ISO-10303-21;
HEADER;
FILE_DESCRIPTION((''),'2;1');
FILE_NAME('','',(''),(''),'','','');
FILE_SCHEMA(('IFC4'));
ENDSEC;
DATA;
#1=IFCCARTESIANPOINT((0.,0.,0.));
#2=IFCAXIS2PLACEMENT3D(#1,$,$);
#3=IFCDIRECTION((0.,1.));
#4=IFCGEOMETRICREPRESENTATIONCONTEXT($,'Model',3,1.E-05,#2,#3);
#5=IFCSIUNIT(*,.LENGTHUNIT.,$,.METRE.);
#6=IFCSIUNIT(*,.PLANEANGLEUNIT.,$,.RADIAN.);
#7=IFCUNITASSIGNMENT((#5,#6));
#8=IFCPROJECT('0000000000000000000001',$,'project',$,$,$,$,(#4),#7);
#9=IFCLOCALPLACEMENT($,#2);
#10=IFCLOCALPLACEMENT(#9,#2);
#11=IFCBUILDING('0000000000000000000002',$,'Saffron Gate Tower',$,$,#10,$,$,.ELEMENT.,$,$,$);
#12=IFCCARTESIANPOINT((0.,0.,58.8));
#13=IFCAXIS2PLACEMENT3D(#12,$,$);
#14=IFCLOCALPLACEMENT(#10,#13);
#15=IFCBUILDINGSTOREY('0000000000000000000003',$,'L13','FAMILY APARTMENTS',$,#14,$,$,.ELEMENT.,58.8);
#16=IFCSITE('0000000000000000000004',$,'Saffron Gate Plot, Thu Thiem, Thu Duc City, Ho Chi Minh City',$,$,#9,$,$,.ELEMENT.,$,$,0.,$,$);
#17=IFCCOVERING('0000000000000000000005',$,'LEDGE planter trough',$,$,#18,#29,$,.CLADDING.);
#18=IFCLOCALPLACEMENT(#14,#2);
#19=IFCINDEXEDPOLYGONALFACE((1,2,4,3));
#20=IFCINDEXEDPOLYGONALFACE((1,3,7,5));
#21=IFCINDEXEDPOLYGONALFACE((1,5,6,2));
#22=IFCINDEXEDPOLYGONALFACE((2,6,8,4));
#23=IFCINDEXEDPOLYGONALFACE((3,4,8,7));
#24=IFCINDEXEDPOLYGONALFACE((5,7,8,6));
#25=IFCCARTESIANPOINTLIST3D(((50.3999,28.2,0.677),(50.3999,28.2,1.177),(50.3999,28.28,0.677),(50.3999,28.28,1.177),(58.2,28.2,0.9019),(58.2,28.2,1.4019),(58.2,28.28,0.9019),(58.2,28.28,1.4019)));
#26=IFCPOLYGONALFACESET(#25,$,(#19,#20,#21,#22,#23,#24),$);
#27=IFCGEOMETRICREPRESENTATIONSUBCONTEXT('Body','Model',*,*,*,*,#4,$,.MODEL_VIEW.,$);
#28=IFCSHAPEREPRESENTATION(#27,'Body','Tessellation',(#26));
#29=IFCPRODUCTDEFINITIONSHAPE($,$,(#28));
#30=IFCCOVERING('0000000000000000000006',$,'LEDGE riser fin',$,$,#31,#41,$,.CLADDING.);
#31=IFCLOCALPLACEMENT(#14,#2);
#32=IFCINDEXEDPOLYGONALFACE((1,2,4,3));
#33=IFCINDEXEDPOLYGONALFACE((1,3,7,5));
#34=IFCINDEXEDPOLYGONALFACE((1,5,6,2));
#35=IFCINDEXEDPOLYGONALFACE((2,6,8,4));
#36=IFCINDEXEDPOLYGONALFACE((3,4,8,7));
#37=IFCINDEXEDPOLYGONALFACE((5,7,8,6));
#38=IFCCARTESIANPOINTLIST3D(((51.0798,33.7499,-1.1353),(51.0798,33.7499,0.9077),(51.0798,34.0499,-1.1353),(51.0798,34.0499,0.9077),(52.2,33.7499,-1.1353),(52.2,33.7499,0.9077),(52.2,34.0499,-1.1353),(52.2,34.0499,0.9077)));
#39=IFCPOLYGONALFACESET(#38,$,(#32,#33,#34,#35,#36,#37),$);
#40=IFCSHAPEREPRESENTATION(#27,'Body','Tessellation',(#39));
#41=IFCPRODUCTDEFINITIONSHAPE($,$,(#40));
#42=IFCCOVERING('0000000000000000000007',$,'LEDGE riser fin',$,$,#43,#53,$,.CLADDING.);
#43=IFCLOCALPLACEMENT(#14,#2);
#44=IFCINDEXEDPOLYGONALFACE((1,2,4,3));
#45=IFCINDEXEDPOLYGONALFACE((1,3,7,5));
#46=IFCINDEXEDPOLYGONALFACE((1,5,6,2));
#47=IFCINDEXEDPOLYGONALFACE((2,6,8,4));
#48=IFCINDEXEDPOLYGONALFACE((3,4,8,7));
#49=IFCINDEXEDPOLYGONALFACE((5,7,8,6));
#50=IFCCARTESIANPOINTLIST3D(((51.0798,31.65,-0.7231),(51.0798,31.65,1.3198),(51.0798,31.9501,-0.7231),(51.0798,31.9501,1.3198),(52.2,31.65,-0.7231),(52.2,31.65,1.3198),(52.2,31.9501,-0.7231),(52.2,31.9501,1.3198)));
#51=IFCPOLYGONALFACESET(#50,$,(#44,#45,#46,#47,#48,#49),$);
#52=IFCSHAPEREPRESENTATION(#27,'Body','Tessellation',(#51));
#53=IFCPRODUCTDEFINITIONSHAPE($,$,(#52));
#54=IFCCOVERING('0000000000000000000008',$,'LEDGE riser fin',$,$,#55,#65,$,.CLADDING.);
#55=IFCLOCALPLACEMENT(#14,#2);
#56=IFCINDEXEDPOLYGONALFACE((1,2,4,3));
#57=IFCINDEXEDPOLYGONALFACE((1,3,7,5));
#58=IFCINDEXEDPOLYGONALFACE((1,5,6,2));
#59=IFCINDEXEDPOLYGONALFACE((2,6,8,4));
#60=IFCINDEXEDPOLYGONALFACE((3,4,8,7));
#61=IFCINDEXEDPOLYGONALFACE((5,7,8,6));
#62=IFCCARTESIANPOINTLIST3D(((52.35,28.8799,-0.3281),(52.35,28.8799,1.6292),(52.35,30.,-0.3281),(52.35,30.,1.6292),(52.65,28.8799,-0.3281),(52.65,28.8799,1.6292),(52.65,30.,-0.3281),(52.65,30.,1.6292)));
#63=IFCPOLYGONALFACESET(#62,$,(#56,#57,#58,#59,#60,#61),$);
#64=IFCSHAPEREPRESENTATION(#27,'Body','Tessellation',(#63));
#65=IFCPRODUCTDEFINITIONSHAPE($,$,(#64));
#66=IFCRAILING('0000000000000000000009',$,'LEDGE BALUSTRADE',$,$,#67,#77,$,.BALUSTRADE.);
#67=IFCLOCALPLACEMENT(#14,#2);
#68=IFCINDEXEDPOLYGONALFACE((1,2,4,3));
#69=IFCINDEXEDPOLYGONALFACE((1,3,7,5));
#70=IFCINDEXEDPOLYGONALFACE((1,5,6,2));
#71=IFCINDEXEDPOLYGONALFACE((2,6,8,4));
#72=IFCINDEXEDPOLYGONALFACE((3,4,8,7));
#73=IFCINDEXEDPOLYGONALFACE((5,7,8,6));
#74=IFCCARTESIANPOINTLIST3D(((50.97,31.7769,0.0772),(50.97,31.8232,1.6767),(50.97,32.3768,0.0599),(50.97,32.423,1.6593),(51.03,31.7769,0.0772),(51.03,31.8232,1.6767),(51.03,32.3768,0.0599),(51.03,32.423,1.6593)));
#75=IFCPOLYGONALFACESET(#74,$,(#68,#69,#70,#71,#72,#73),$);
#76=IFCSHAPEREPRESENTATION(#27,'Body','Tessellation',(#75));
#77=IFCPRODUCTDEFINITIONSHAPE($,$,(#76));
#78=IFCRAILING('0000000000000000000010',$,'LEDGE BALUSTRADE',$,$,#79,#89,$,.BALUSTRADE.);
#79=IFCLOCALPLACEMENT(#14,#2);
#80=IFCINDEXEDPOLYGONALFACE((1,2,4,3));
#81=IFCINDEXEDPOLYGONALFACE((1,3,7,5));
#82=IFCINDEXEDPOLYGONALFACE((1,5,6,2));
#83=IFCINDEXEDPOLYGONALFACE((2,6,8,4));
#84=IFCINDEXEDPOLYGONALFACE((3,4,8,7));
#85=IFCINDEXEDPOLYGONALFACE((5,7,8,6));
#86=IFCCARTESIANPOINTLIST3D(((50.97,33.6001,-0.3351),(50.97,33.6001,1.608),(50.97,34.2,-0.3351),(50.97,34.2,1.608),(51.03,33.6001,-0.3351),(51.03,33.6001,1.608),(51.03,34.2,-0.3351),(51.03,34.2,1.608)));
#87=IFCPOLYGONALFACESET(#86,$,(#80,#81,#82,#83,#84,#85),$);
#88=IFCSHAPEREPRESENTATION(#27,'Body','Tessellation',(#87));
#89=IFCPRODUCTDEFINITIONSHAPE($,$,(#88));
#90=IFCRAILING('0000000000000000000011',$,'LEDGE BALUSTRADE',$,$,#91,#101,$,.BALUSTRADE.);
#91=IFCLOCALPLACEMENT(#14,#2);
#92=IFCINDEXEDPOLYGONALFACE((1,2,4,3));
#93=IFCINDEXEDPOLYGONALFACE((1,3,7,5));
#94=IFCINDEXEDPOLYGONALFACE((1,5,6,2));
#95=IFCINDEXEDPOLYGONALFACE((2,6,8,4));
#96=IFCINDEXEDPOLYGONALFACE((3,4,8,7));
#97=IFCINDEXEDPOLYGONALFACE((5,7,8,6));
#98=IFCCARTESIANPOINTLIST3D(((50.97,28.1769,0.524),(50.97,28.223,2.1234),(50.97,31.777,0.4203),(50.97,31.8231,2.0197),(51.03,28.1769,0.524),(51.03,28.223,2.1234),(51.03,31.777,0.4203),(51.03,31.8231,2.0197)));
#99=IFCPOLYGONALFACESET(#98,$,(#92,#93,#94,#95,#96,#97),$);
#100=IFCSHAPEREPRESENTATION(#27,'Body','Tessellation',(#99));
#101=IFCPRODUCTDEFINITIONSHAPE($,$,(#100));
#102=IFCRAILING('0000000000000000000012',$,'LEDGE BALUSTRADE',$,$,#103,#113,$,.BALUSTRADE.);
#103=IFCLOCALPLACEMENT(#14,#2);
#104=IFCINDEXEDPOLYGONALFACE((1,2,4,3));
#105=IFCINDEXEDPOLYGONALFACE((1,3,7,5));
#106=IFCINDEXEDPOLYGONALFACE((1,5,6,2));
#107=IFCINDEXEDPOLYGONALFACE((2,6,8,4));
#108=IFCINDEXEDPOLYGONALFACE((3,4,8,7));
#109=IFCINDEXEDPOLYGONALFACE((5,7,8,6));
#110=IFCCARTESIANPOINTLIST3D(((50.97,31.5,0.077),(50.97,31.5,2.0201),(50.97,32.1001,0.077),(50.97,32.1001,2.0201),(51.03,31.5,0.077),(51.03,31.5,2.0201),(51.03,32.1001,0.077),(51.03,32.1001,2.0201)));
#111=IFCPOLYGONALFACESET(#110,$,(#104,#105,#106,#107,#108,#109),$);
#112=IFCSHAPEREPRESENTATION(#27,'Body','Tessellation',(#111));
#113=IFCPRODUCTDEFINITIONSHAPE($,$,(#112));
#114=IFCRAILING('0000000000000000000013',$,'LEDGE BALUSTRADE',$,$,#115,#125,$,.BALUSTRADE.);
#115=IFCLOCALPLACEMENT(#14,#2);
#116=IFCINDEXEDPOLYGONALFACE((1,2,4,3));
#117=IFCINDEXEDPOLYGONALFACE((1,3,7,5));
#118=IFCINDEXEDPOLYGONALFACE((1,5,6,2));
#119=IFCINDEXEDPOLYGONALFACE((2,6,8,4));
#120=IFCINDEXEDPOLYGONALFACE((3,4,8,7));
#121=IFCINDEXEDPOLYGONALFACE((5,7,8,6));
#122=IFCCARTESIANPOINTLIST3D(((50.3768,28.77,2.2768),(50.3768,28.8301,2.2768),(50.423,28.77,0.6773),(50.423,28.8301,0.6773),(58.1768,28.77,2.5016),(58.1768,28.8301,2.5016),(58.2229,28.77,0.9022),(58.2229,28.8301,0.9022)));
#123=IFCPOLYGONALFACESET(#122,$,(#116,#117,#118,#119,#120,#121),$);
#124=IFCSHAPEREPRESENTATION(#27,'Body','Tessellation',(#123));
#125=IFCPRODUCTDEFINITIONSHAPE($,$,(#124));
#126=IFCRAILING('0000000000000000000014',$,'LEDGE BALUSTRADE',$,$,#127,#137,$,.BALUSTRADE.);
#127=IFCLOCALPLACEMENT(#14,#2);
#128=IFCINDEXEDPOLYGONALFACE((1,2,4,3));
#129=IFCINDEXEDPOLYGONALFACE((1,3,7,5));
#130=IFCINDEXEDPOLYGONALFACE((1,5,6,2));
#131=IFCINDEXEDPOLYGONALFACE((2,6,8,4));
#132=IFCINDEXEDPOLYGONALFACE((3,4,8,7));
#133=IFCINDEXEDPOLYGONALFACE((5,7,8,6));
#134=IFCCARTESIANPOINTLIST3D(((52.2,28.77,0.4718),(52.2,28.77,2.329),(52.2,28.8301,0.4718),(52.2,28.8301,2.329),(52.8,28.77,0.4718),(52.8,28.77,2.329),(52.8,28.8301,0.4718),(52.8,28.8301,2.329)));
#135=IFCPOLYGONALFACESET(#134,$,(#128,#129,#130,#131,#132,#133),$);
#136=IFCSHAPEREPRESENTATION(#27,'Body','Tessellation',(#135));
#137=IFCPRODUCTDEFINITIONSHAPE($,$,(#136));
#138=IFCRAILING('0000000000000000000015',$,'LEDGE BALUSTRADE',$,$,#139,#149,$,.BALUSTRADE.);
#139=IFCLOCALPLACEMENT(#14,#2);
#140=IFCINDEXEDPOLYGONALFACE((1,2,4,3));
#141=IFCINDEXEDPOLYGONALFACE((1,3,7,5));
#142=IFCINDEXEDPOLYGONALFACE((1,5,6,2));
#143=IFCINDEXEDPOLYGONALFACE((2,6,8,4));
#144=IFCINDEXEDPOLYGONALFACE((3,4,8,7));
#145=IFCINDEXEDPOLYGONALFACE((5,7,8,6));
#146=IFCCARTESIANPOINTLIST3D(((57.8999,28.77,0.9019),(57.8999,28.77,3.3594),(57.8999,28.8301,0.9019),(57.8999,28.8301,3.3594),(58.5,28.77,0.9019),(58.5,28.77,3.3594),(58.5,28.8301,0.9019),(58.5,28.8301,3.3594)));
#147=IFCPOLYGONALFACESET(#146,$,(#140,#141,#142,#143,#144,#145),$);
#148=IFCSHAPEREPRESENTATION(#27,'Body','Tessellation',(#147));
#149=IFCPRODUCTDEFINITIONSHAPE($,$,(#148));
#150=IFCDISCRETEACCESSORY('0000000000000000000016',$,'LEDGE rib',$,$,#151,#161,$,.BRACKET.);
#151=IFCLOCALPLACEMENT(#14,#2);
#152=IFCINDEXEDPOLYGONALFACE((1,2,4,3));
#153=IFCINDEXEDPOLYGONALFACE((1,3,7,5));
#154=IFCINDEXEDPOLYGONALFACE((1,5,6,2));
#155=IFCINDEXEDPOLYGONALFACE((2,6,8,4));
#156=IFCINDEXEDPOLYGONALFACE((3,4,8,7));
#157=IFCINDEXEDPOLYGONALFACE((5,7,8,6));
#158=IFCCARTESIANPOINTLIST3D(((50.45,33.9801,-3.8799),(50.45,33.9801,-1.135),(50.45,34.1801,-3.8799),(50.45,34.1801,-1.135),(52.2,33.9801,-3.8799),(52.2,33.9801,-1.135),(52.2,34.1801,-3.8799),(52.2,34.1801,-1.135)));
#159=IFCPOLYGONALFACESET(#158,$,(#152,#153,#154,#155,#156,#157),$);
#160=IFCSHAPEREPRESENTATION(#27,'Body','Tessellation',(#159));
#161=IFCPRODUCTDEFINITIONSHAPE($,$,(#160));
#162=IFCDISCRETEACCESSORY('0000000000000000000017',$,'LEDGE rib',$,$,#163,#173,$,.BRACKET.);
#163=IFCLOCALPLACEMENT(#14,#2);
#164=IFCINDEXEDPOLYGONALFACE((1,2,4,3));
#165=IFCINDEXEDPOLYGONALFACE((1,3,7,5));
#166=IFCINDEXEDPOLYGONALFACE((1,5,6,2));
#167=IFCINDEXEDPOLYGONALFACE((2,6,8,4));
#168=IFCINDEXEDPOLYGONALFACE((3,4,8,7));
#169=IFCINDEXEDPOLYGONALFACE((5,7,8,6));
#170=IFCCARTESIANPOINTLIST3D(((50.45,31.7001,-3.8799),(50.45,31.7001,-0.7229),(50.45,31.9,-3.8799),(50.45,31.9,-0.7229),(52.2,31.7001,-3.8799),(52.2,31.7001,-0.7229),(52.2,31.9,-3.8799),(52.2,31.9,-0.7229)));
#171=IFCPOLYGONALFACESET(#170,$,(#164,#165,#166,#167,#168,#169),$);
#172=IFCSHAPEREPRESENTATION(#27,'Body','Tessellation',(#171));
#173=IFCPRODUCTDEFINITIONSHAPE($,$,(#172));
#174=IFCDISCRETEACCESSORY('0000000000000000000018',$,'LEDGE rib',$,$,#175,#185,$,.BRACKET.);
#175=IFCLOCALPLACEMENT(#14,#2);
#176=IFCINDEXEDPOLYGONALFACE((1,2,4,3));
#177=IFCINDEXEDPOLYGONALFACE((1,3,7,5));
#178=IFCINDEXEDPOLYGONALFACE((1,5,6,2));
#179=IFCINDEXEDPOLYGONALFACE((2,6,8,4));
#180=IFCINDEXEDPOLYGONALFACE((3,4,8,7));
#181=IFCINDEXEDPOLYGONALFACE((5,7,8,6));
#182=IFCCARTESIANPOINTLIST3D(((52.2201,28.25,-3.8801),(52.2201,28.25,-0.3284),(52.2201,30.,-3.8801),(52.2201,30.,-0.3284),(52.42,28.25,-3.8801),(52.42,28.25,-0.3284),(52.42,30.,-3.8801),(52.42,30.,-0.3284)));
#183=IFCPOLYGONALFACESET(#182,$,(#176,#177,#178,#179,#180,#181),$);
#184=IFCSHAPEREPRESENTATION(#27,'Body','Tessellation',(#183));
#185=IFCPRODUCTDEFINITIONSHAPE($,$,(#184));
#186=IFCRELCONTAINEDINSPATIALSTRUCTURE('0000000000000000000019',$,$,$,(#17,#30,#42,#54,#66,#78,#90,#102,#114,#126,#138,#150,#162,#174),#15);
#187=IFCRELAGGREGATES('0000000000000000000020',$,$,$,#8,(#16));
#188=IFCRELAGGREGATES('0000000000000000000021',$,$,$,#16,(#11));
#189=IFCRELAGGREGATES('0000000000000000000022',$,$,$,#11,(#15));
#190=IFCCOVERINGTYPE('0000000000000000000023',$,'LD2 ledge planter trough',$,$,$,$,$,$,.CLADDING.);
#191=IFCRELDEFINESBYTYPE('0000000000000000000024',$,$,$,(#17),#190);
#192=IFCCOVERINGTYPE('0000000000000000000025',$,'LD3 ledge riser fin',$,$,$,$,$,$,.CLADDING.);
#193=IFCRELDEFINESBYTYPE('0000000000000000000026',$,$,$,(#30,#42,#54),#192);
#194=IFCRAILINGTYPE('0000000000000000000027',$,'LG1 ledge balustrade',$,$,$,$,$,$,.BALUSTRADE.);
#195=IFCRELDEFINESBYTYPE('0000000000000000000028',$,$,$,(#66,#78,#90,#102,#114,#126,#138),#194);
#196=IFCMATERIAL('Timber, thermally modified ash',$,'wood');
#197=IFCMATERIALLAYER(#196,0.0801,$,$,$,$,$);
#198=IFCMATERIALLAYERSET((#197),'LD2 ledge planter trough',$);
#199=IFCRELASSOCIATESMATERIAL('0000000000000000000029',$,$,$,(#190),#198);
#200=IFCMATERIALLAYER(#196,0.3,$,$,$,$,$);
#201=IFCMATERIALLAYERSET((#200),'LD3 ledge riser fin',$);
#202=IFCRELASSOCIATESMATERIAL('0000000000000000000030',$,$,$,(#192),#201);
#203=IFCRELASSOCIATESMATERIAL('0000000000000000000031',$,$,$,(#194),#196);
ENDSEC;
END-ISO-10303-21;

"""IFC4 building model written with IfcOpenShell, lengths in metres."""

from ifc_helpers import new_model, si_unit, direction, frame, origin, origin_2d, place, context, subcontext, project, spatial, polyline, rectangle, outline, extrude, material, layer, layer_set, type_object, element, save


model = new_model("IFC4")

# Units and contexts
model_context = context("Model", 3, precision=1e-05, world=origin(), true_north=direction((0.0, 1.0)))
body_context = subcontext(model_context, "Body", "Model", "MODEL_VIEW")
ifc_project = project(units=[si_unit("LENGTHUNIT", "METRE"), si_unit("PLANEANGLEUNIT", "RADIAN")], contexts=[model_context])

# Site, building, storey
site_placement = place(None, origin())
site = spatial("IfcSite", under=ifc_project, at=site_placement, Name="Saffron Gate Plot, Thu Thiem, Thu Duc City, Ho Chi Minh City", CompositionType="ELEMENT", RefElevation=0.0)
building_placement = place(site_placement, origin())
building = spatial("IfcBuilding", under=site, at=building_placement, Name="Saffron Gate Tower", CompositionType="ELEMENT")
storey_placement = place(building_placement, frame((0.0, 0.0, 58.8)))
storey = spatial("IfcBuildingStorey", under=building, at=storey_placement, Name="L13", Description="FAMILY APARTMENTS", CompositionType="ELEMENT", Elevation=58.8)

# Coverings
ifc_material_1 = material(Name="Timber, thermally modified ash", Category="wood")
ifc_layer_1 = layer(ifc_material_1, 0.0801)
ifc_layer_set_1 = layer_set([ifc_layer_1], Name="LD2 ledge planter trough")
covering_type_1 = type_object("IfcCoveringType", Name="LD2 ledge planter trough", PredefinedType="CLADDING", material=ifc_layer_set_1)
covering_1_placement = place(storey_placement, frame((50.3999, 28.2, 0.677), z_axis=(0.0, -1.0, 0.0), x_axis=(0.999585, 0.0, 0.028815)))
element("IfcCovering", 1, at=covering_1_placement, inside=storey, type_object=covering_type_1, Name="LEDGE planter trough", PredefinedType="CLADDING", context=body_context, shape_type="SweptSolid", body=[
    extrude(outline(polyline([(0.0, 0.0), (7.8033, 0.0), (7.8177, 0.4998), (0.0144, 0.4998), (0.0, 0.0)])), origin(), (0.0, 0.0, -1.0), 0.0801),
])
ifc_layer_2 = layer(ifc_material_1, 0.3)
ifc_layer_set_2 = layer_set([ifc_layer_2], Name="LD3 ledge riser fin")
covering_type_2 = type_object("IfcCoveringType", Name="LD3 ledge riser fin", PredefinedType="CLADDING", material=ifc_layer_set_2)
for number, where, z_axis, x_axis, name in (
    (2, (51.6399, 33.8999, -1.1353), (0.0, 0.0, 1.0), (0.0, -1.0, 0.0), "LEDGE riser fin"),
    (3, (51.6399, 31.8, -0.7231), (0.0, 0.0, 1.0), (0.0, -1.0, 0.0), "LEDGE riser fin"),
):
    element("IfcCovering", number, at=place(storey_placement, frame(where, z_axis=z_axis, x_axis=x_axis)), inside=storey, type_object=covering_type_2, Name=name, PredefinedType="CLADDING", context=body_context, shape_type="SweptSolid", body=[
        extrude(rectangle(XDim=0.3, YDim=1.1201, at=origin_2d()), origin(), (0.0, 0.0, 1.0), 2.043),
    ])
covering_2_placement = place(storey_placement, frame((52.5, 29.4399, -0.3281), z_axis=(0.0, 0.0, 1.0), x_axis=(1.0, 0.0, 0.0)))
element("IfcCovering", 4, at=covering_2_placement, inside=storey, type_object=covering_type_2, Name="LEDGE riser fin", PredefinedType="CLADDING", context=body_context, shape_type="SweptSolid", body=[
    extrude(rectangle(XDim=0.3, YDim=1.1201, at=origin_2d()), origin(), (0.0, 0.0, 1.0), 1.9573),
])

# Railings
railing_type = type_object("IfcRailingType", Name="LG1 ledge balustrade", PredefinedType="BALUSTRADE", material=ifc_material_1)
railing_1_placement = place(storey_placement, frame((51.0, 32.3999, 0.0596)))
element("IfcRailing", 5, at=railing_1_placement, inside=storey, type_object=railing_type, Name="LEDGE BALUSTRADE", PredefinedType="BALUSTRADE", context=body_context, shape_type="SweptSolid", body=[
    extrude(rectangle(XDim=0.0601, YDim=1.6001, at=origin_2d()), frame((0.0, 0.0, 0.8), z_axis=(0.0, -0.999583, 0.028885), x_axis=(1.0, 0.0, 0.0)), (0.0, 0.0, 1.0), 0.6001),
])
railing_2_placement = place(storey_placement, frame((51.0, 34.2, -0.3352)))
element("IfcRailing", 6, at=railing_2_placement, inside=storey, type_object=railing_type, Name="LEDGE BALUSTRADE", PredefinedType="BALUSTRADE", context=body_context, shape_type="SweptSolid", body=[
    extrude(rectangle(XDim=0.0601, YDim=1.9431, at=origin_2d()), frame((0.0, 0.0, 0.9717), z_axis=(0.0, -1.0, 0.0), x_axis=(1.0, 0.0, 0.0)), (0.0, 0.0, 1.0), 0.5999),
])
railing_3_placement = place(storey_placement, frame((51.0, 31.8, 0.4199)))
element("IfcRailing", 7, at=railing_3_placement, inside=storey, type_object=railing_type, Name="LEDGE BALUSTRADE", PredefinedType="BALUSTRADE", context=body_context, shape_type="SweptSolid", body=[
    extrude(rectangle(XDim=0.0601, YDim=1.6001, at=origin_2d()), frame((0.0, 0.0, 0.8), z_axis=(0.0, -0.999585, 0.028809), x_axis=(1.0, 0.0, 0.0)), (0.0, 0.0, 1.0), 3.6016),
])
railing_4_placement = place(storey_placement, frame((51.0, 32.1001, 0.0769)))
element("IfcRailing", 8, at=railing_4_placement, inside=storey, type_object=railing_type, Name="LEDGE BALUSTRADE", PredefinedType="BALUSTRADE", context=body_context, shape_type="SweptSolid", body=[
    extrude(rectangle(XDim=0.0601, YDim=1.9431, at=origin_2d()), frame((0.0, 0.0, 0.9717), z_axis=(0.0, -1.0, 0.0), x_axis=(1.0, 0.0, 0.0)), (0.0, 0.0, 1.0), 0.6001),
])
railing_5_placement = place(storey_placement, frame((50.3999, 28.8, 0.677)))
element("IfcRailing", 9, at=railing_5_placement, inside=storey, type_object=railing_type, Name="LEDGE BALUSTRADE", PredefinedType="BALUSTRADE", context=body_context, shape_type="SweptSolid", body=[
    extrude(rectangle(XDim=0.0601, YDim=1.6001, at=origin_2d()), frame((0.0, 0.0, 0.8), z_axis=(0.999585, 0.0, 0.028815), x_axis=(0.0, 1.0, 0.0)), (0.0, 0.0, 1.0), 7.8032),
])
railing_6_placement = place(storey_placement, frame((52.2, 28.8, 0.4717)))
element("IfcRailing", 10, at=railing_6_placement, inside=storey, type_object=railing_type, Name="LEDGE BALUSTRADE", PredefinedType="BALUSTRADE", context=body_context, shape_type="SweptSolid", body=[
    extrude(rectangle(XDim=0.0601, YDim=1.8572, at=origin_2d()), frame((0.0, 0.0, 0.9287), z_axis=(1.0, 0.0, 0.0), x_axis=(0.0, 1.0, 0.0)), (0.0, 0.0, 1.0), 0.6001),
])
railing_7_placement = place(storey_placement, frame((57.8999, 28.8, 0.9019)))
element("IfcRailing", 11, at=railing_7_placement, inside=storey, type_object=railing_type, Name="LEDGE BALUSTRADE", PredefinedType="BALUSTRADE", context=body_context, shape_type="SweptSolid", body=[
    extrude(rectangle(XDim=0.0601, YDim=2.4575, at=origin_2d()), frame((0.0, 0.0, 1.2288), z_axis=(1.0, 0.0, 0.0), x_axis=(0.0, 1.0, 0.0)), (0.0, 0.0, 1.0), 0.6001),
])

# Discrete accessories
discrete_accessory_1_placement = place(storey_placement, frame((51.325, 34.0801, -3.8799), z_axis=(0.0, 0.0, 1.0), x_axis=(0.0, -1.0, 0.0)))
element("IfcDiscreteAccessory", 12, at=discrete_accessory_1_placement, inside=storey, Name="LEDGE rib", PredefinedType="BRACKET", context=body_context, shape_type="SweptSolid", body=[
    extrude(rectangle(XDim=0.2, YDim=1.75, at=origin_2d()), origin(), (0.0, 0.0, 1.0), 2.7449),
])
discrete_accessory_2_placement = place(storey_placement, frame((51.325, 31.8, -3.8799), z_axis=(0.0, 0.0, 1.0), x_axis=(0.0, -1.0, 0.0)))
element("IfcDiscreteAccessory", 13, at=discrete_accessory_2_placement, inside=storey, Name="LEDGE rib", PredefinedType="BRACKET", context=body_context, shape_type="SweptSolid", body=[
    extrude(rectangle(XDim=0.2, YDim=1.75, at=origin_2d()), origin(), (0.0, 0.0, 1.0), 3.157),
])
discrete_accessory_3_placement = place(storey_placement, frame((52.3201, 29.125, -3.8801), z_axis=(0.0, 0.0, 1.0), x_axis=(1.0, 0.0, 0.0)))
element("IfcDiscreteAccessory", 14, at=discrete_accessory_3_placement, inside=storey, Name="LEDGE rib", PredefinedType="BRACKET", context=body_context, shape_type="SweptSolid", body=[
    extrude(rectangle(XDim=0.2, YDim=1.75, at=origin_2d()), origin(), (0.0, 0.0, 1.0), 3.5518),
])

save(model, "model.ifc")
